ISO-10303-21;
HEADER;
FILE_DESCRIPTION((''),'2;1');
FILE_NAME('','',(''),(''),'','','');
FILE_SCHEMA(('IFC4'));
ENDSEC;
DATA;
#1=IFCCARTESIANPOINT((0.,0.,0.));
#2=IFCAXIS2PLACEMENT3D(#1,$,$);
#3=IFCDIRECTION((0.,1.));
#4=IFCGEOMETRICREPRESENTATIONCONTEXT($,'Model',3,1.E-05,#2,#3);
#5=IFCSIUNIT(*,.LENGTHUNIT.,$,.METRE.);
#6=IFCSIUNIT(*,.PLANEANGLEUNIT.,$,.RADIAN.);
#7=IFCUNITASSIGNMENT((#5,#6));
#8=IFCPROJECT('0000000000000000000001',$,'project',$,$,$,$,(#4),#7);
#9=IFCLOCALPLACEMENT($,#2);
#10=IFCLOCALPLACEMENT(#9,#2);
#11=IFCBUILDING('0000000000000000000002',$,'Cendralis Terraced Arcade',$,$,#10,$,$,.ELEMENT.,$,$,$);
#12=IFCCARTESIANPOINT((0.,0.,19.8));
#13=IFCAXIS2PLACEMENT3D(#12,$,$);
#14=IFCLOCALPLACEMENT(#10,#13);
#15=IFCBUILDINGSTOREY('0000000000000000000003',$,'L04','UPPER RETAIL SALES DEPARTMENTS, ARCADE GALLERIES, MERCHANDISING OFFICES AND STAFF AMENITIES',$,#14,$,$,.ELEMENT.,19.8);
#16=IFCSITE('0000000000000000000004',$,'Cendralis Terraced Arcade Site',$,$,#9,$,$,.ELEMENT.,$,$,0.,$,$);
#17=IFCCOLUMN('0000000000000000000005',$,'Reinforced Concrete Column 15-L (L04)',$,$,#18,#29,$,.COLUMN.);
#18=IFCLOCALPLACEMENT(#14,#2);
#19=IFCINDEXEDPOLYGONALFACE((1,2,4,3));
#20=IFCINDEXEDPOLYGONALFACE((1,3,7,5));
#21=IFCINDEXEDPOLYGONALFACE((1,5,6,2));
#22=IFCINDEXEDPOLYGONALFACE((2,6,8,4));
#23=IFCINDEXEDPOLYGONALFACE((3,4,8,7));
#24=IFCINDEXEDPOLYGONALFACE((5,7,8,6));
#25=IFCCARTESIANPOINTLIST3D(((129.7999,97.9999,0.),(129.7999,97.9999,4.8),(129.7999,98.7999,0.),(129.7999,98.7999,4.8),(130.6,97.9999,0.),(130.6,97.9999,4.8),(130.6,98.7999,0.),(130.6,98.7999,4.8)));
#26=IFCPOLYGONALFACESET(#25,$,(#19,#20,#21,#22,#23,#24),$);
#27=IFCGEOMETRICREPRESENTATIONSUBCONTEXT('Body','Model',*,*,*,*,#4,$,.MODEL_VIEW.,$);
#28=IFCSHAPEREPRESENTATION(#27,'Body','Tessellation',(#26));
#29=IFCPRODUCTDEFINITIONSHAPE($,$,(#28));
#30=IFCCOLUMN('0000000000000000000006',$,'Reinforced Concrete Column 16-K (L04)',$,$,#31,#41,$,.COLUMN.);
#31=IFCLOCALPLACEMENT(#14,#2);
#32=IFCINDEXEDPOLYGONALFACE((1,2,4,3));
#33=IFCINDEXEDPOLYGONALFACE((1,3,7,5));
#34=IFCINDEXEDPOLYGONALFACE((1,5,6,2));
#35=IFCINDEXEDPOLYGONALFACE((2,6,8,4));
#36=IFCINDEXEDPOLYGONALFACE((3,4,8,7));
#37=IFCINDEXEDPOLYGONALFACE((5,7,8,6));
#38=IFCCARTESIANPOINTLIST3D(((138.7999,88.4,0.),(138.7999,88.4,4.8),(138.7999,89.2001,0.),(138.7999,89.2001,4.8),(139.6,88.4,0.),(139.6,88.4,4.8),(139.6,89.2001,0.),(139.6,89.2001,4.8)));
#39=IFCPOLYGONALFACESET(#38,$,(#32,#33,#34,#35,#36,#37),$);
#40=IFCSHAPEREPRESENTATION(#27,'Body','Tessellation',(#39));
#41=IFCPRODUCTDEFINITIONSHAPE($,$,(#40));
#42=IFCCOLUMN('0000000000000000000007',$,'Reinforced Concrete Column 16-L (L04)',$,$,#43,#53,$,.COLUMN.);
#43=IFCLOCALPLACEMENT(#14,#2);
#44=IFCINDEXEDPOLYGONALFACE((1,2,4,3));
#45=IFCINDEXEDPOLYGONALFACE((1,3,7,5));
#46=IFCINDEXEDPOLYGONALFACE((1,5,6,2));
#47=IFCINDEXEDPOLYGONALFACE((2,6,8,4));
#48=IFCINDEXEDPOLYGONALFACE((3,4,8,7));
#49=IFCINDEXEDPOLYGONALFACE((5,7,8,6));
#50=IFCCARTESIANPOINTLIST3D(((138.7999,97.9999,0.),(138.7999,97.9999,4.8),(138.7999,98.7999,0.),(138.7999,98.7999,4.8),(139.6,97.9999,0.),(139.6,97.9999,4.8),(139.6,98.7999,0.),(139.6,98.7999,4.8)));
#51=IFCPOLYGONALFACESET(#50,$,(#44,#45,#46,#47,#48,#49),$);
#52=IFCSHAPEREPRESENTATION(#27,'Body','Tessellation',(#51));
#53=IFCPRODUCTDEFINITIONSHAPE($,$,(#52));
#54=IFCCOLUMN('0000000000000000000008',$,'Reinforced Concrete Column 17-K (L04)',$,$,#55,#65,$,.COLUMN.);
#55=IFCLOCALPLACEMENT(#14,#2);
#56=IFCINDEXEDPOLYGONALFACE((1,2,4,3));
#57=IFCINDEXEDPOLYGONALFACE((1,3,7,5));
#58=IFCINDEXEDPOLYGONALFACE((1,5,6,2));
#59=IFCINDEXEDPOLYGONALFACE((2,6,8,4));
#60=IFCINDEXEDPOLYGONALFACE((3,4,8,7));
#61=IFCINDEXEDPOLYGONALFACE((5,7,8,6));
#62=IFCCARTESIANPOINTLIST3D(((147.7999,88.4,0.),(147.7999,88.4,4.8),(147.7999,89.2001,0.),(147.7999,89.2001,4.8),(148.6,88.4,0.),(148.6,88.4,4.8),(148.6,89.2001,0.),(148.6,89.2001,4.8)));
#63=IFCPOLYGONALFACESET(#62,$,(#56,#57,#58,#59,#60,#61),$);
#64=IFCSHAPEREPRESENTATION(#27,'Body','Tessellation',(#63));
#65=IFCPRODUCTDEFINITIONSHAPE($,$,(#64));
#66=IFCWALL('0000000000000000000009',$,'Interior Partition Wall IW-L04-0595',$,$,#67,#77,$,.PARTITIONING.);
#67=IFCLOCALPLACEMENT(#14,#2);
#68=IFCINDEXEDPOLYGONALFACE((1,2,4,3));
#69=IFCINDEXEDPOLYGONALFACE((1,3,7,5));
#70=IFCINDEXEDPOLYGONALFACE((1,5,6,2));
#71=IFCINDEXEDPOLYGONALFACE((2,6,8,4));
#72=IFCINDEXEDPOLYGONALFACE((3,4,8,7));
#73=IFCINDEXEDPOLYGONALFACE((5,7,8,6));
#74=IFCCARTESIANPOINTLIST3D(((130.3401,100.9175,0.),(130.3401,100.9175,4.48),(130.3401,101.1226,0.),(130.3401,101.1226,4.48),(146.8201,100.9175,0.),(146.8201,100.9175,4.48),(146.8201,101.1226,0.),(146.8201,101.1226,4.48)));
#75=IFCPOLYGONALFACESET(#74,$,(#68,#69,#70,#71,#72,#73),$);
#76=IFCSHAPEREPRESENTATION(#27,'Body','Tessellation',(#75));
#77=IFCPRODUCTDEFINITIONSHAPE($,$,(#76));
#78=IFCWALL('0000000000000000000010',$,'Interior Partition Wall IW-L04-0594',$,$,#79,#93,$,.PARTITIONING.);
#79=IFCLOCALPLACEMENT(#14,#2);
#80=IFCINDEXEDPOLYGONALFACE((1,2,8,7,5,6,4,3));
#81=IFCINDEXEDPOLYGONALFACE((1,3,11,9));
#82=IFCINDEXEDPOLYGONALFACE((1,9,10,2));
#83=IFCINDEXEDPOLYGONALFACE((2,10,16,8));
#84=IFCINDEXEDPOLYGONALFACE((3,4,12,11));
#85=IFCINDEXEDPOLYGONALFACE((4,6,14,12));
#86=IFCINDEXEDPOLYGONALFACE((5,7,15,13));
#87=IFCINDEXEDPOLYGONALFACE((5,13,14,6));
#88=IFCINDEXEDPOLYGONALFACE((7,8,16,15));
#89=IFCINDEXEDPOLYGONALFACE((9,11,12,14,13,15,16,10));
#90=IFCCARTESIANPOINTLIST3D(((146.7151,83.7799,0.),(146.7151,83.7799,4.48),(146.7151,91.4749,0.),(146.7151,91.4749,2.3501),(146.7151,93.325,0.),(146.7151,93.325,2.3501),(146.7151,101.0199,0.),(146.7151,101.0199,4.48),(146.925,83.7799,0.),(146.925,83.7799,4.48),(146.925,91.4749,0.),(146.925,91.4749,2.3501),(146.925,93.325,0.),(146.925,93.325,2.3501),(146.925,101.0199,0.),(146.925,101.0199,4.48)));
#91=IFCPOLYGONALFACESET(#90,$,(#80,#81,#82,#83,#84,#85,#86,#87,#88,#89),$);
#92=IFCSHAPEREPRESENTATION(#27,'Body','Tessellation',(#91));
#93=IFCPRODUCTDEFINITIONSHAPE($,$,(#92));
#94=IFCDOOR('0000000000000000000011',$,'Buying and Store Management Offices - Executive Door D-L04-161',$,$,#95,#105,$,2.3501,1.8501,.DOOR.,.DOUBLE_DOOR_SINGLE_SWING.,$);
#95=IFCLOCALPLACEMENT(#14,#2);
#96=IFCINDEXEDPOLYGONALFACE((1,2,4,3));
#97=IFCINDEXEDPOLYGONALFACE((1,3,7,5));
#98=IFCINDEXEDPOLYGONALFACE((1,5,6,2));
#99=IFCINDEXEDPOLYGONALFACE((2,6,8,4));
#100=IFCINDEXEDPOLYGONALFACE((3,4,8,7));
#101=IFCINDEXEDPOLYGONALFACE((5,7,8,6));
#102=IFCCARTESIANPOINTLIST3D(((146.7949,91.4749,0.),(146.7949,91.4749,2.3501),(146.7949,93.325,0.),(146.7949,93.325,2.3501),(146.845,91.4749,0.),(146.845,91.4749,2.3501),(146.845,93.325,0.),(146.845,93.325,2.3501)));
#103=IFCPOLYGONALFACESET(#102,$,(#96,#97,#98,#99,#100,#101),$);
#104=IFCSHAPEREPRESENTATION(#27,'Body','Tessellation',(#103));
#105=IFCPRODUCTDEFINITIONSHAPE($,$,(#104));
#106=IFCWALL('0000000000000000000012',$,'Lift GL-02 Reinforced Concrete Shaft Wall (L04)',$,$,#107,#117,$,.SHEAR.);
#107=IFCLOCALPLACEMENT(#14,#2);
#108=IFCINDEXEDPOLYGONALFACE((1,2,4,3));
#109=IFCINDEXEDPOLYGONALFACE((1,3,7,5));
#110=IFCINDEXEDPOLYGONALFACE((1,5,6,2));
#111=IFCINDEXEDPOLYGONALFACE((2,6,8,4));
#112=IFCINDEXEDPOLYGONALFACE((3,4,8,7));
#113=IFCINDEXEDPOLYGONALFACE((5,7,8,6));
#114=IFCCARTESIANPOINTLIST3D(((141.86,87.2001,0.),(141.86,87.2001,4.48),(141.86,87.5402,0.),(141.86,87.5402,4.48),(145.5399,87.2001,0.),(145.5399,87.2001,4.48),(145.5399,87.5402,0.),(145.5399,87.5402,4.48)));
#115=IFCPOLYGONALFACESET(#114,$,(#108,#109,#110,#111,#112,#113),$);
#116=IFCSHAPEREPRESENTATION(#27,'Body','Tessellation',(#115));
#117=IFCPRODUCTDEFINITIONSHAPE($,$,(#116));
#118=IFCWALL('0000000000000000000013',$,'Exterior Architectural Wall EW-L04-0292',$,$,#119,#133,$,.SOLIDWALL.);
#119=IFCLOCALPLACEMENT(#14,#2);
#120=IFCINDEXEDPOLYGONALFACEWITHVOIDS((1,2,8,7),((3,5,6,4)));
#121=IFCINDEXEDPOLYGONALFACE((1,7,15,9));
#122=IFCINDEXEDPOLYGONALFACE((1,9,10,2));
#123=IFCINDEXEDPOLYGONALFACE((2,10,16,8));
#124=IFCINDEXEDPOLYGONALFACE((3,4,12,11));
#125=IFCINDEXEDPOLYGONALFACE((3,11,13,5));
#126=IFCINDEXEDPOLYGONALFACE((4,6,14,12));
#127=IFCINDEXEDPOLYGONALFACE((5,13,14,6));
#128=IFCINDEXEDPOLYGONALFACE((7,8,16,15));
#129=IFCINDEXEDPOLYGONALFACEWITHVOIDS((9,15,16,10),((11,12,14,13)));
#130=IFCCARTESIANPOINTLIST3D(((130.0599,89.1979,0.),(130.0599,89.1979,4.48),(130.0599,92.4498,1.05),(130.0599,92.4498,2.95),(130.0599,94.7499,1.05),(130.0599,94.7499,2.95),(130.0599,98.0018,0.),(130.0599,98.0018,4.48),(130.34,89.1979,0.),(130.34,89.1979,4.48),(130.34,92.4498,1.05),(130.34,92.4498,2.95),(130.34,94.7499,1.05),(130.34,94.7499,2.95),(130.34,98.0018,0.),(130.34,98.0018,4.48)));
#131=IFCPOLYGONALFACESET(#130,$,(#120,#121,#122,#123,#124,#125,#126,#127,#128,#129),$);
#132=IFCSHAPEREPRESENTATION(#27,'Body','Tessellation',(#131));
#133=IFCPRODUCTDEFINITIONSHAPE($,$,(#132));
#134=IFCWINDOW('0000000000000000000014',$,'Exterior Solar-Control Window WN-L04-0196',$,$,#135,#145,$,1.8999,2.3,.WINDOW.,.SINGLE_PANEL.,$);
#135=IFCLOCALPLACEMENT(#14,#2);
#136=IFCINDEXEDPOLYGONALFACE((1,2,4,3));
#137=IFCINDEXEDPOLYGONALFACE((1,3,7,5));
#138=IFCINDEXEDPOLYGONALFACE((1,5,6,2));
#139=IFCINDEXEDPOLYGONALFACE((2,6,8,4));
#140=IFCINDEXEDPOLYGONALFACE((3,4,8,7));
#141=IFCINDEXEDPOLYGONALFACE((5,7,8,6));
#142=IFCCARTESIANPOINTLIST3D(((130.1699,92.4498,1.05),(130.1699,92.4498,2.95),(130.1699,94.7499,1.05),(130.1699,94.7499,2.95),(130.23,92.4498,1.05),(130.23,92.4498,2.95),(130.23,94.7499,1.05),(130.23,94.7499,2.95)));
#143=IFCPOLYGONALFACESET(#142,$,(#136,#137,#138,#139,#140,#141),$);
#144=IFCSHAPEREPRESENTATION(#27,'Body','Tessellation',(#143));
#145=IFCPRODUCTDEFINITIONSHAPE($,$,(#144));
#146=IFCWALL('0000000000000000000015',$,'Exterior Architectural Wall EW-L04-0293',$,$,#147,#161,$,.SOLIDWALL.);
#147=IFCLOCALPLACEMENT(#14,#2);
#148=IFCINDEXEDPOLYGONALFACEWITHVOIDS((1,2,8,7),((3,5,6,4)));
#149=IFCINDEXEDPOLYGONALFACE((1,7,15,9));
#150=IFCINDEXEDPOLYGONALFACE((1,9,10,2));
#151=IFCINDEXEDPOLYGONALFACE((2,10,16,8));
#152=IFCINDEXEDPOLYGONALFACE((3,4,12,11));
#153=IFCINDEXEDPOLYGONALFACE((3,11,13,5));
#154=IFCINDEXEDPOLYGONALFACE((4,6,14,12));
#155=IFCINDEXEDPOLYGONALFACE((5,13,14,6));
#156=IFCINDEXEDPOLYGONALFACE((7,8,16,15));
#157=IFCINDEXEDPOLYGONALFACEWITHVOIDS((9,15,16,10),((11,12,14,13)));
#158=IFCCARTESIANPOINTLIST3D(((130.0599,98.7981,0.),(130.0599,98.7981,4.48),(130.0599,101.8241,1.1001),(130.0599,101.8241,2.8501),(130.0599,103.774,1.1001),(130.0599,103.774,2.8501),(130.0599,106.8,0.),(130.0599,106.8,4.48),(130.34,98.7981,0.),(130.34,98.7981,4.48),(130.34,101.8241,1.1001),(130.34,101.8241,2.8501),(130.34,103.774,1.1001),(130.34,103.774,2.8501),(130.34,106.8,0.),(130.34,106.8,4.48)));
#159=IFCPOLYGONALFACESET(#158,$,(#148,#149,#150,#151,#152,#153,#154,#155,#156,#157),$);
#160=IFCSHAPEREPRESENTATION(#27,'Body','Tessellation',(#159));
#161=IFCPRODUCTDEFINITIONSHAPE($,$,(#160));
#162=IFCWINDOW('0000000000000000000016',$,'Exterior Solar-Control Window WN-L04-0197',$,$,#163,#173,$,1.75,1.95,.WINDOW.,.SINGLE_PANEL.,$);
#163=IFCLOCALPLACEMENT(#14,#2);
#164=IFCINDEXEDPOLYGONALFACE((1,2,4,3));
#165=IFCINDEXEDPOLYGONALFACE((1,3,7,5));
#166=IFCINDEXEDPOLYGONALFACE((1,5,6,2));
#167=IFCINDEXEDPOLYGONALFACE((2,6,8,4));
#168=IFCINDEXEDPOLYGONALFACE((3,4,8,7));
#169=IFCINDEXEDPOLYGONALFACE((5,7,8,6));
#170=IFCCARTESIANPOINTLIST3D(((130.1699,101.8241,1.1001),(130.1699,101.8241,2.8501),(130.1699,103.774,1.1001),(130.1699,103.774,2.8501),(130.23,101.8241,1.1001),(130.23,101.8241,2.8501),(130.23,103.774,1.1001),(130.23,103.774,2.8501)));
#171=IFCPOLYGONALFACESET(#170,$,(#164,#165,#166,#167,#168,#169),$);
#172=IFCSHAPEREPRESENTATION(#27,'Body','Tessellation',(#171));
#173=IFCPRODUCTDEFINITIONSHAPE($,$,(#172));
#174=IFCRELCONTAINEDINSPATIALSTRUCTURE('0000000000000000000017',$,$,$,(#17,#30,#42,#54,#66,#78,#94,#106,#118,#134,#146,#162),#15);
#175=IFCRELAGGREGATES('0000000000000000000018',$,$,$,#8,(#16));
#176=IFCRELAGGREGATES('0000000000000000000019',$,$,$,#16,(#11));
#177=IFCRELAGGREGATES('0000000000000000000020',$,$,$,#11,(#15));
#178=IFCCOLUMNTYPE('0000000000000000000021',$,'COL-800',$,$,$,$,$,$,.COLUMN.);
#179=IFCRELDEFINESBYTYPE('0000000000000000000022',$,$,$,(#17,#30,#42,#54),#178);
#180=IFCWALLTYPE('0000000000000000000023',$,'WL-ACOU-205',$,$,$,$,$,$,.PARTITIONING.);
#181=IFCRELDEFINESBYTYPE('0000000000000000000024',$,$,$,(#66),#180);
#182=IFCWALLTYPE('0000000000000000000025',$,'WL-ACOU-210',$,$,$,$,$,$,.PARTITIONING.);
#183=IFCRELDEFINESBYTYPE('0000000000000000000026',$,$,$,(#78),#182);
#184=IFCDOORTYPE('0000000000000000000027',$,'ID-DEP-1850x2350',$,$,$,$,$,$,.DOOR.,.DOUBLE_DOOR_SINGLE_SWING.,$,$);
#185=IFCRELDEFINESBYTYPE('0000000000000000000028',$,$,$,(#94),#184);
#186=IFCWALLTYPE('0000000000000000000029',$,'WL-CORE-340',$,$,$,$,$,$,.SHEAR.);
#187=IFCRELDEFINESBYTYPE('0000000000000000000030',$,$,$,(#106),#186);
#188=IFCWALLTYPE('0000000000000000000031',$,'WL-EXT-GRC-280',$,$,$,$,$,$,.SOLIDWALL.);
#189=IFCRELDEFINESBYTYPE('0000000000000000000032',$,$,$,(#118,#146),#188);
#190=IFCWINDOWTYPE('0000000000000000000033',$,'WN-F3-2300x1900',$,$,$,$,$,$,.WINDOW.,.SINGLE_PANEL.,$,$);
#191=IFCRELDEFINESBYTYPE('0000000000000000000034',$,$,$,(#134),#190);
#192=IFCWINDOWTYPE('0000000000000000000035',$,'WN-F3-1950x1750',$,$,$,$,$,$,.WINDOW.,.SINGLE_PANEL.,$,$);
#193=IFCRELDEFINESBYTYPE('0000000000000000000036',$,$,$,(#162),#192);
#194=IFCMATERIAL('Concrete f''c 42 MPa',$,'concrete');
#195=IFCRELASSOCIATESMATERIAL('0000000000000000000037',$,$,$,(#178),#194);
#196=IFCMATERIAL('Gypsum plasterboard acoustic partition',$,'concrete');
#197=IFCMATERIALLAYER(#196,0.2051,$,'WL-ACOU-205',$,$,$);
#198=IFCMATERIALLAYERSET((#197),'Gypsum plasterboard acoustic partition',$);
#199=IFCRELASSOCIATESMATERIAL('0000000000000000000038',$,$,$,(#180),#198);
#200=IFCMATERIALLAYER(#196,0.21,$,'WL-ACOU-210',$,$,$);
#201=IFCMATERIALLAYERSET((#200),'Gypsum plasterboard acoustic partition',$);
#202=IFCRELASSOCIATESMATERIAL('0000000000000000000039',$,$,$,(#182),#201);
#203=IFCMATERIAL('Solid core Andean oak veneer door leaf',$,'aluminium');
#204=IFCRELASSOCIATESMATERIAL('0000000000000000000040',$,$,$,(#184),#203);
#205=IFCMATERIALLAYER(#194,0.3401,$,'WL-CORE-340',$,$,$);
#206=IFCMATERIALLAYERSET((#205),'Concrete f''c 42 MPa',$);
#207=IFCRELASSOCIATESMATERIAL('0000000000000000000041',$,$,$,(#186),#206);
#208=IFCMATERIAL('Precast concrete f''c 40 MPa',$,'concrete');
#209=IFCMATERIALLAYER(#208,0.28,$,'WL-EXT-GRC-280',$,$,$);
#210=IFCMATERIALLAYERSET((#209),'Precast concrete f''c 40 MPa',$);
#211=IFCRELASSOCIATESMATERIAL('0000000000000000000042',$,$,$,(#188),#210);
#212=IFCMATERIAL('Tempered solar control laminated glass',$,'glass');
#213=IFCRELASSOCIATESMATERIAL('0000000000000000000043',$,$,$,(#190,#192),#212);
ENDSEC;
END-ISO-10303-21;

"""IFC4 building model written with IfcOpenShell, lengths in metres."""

from ifc_helpers import new_model, si_unit, direction, frame, frame_2d, origin, origin_2d, place, context, subcontext, project, spatial, rectangle, extrude, material, layer, layer_set, material_profile, profile_set, type_object, element, fill, save


model = new_model("IFC4")

# Units and contexts
model_context = context("Model", 3, precision=1e-05, world=origin(), true_north=direction((0.0, 1.0)))
body_context = subcontext(model_context, "Body", "Model", "MODEL_VIEW")
ifc_project = project(units=[si_unit("LENGTHUNIT", "METRE"), si_unit("PLANEANGLEUNIT", "RADIAN")], contexts=[model_context])

# Site, building, storey
site_placement = place(None, origin())
site = spatial("IfcSite", under=ifc_project, at=site_placement, Name="Cendralis Terraced Arcade Site", CompositionType="ELEMENT", RefElevation=0.0)
building_placement = place(site_placement, origin())
building = spatial("IfcBuilding", under=site, at=building_placement, Name="Cendralis Terraced Arcade", CompositionType="ELEMENT")
storey_placement = place(building_placement, frame((0.0, 0.0, 19.8)))
storey = spatial("IfcBuildingStorey", under=building, at=storey_placement, Name="L04", Description="UPPER RETAIL SALES DEPARTMENTS, ARCADE GALLERIES, MERCHANDISING OFFICES AND STAFF AMENITIES", CompositionType="ELEMENT", Elevation=19.8)

# Columns
ifc_material_1 = material(Name="Concrete f'c 42 MPa", Category="concrete")
ifc_material_profile = material_profile(ifc_material_1, rectangle(XDim=0.8, YDim=0.8, at=origin_2d()), Name="RC-COL-800x800", Category="LoadBearing")
ifc_profile_set = profile_set([ifc_material_profile], Name="Concrete f'c 42 MPa")
column_type = type_object("IfcColumnType", Name="COL-800", PredefinedType="COLUMN", material=ifc_profile_set)
for number, where, z_axis, x_axis, name in (
    (1, (130.2, 98.3999, 0.0), (0.0, 0.0, 1.0), (1.0, 0.0, 0.0), "Reinforced Concrete Column 15-L (L04)"),
    (2, (139.2, 88.8, 0.0), (0.0, 0.0, 1.0), (1.0, 0.0, 0.0), "Reinforced Concrete Column 16-K (L04)"),
    (3, (139.2, 98.3999, 0.0), (0.0, 0.0, 1.0), (1.0, 0.0, 0.0), "Reinforced Concrete Column 16-L (L04)"),
    (4, (148.2, 88.8, 0.0), (0.0, 0.0, 1.0), (1.0, 0.0, 0.0), "Reinforced Concrete Column 17-K (L04)"),
):
    element("IfcColumn", number, at=place(storey_placement, frame(where, z_axis=z_axis, x_axis=x_axis)), inside=storey, type_object=column_type, Name=name, PredefinedType="COLUMN", context=body_context, shape_type="SweptSolid", body=[
        extrude(rectangle(XDim=0.8, YDim=0.8, at=origin_2d()), origin(), (0.0, 0.0, 1.0), 4.8),
    ])

# Wall
ifc_material_2 = material(Name="Gypsum plasterboard acoustic partition", Category="concrete")
ifc_layer_1 = layer(ifc_material_2, 0.2051, Name="WL-ACOU-205")
ifc_layer_set_1 = layer_set([ifc_layer_1], Name="Gypsum plasterboard acoustic partition")
wall_type_1 = type_object("IfcWallType", Name="WL-ACOU-205", PredefinedType="PARTITIONING", material=ifc_layer_set_1)
wall_1_placement = place(storey_placement, frame((130.3401, 101.02, 0.0), z_axis=(0.0, 0.0, 1.0), x_axis=(1.0, 0.0, 0.0)))
element("IfcWall", 5, at=wall_1_placement, inside=storey, type_object=wall_type_1, Name="Interior Partition Wall IW-L04-0595", PredefinedType="PARTITIONING", context=body_context, shape_type="SweptSolid", body=[
    extrude(rectangle(XDim=16.48, YDim=0.2051, at=frame_2d((8.24, 0.0))), origin(), (0.0, 0.0, 1.0), 4.48),
])

# Wall, opening, door
ifc_layer_2 = layer(ifc_material_2, 0.21, Name="WL-ACOU-210")
ifc_layer_set_2 = layer_set([ifc_layer_2], Name="Gypsum plasterboard acoustic partition")
wall_type_2 = type_object("IfcWallType", Name="WL-ACOU-210", PredefinedType="PARTITIONING", material=ifc_layer_set_2)
wall_2_placement = place(storey_placement, frame((146.8201, 101.02, 0.0), z_axis=(0.0, 0.0, 1.0), x_axis=(0.0, -1.0, 0.0)))
wall_2 = element("IfcWall", 6, at=wall_2_placement, inside=storey, type_object=wall_type_2, Name="Interior Partition Wall IW-L04-0594", PredefinedType="PARTITIONING", context=body_context, shape_type="SweptSolid", body=[
    extrude(rectangle(XDim=17.24, YDim=0.21, at=frame_2d((8.6201, 0.0))), origin(), (0.0, 0.0, 1.0), 4.48),
])
opening_1_placement = place(wall_2_placement, frame((7.6951, 0.0, 0.0)))
opening_1 = element("IfcOpeningElement", 7, at=opening_1_placement, cuts=wall_2, PredefinedType="OPENING", context=body_context, shape_type="SweptSolid", body=[
    extrude(rectangle(XDim=1.8501, YDim=2.3501, at=frame_2d((0.925, 1.175))), frame((0.0, 0.1169, 0.0), z_axis=(0.0, -1.0, 0.0), x_axis=(1.0, 0.0, 0.0)), (0.0, 0.0, 1.0), 0.2339),
])
ifc_material_3 = material(Name="Solid core Andean oak veneer door leaf", Category="aluminium")
door_type = type_object("IfcDoorType", Name="ID-DEP-1850x2350", OperationType="DOUBLE_DOOR_SINGLE_SWING", PredefinedType="DOOR", material=ifc_material_3)
door_placement = place(opening_1_placement, origin())
door = element("IfcDoor", 8, at=door_placement, inside=storey, type_object=door_type, Name="Buying and Store Management Offices - Executive Door D-L04-161", OperationType="DOUBLE_DOOR_SINGLE_SWING", OverallHeight=2.3501, OverallWidth=1.8501, PredefinedType="DOOR", context=body_context, shape_type="SweptSolid", body=[
    extrude(rectangle(XDim=1.8501, YDim=2.3501, at=frame_2d((0.925, 1.175))), frame((0.0, 0.0249, 0.0), z_axis=(0.0, -1.0, 0.0), x_axis=(1.0, 0.0, 0.0)), (0.0, 0.0, 1.0), 0.05),
])
fill(opening_1, door)

# Wall
ifc_layer_3 = layer(ifc_material_1, 0.3401, Name="WL-CORE-340")
ifc_layer_set_3 = layer_set([ifc_layer_3], Name="Concrete f'c 42 MPa")
wall_type_3 = type_object("IfcWallType", Name="WL-CORE-340", PredefinedType="SHEAR", material=ifc_layer_set_3)
wall_3_placement = place(storey_placement, frame((141.8601, 87.3701, 0.0), z_axis=(0.0, 0.0, 1.0), x_axis=(1.0, 0.0, 0.0)))
element("IfcWall", 9, at=wall_3_placement, inside=storey, type_object=wall_type_3, Name="Lift GL-02 Reinforced Concrete Shaft Wall (L04)", PredefinedType="SHEAR", context=body_context, shape_type="SweptSolid", body=[
    extrude(rectangle(XDim=3.6799, YDim=0.3401, at=frame_2d((1.8398, 0.0))), origin(), (0.0, 0.0, 1.0), 4.48),
])

# Walls, openings, windows
ifc_material_4 = material(Name="Precast concrete f'c 40 MPa", Category="concrete")
ifc_layer_4 = layer(ifc_material_4, 0.28, Name="WL-EXT-GRC-280")
ifc_layer_set_4 = layer_set([ifc_layer_4], Name="Precast concrete f'c 40 MPa")
wall_type_4 = type_object("IfcWallType", Name="WL-EXT-GRC-280", PredefinedType="SOLIDWALL", material=ifc_layer_set_4)
wall_4_placement = place(storey_placement, frame((130.2, 89.198, 0.0), z_axis=(0.0, 0.0, 1.0), x_axis=(0.0, 1.0, 0.0)))
wall_4 = element("IfcWall", 10, at=wall_4_placement, inside=storey, type_object=wall_type_4, Name="Exterior Architectural Wall EW-L04-0292", PredefinedType="SOLIDWALL", context=body_context, shape_type="SweptSolid", body=[
    extrude(rectangle(XDim=8.804, YDim=0.28, at=frame_2d((4.4019, 0.0))), origin(), (0.0, 0.0, 1.0), 4.48),
])
opening_2_placement = place(wall_4_placement, frame((3.252, 0.0, 1.05)))
opening_2 = element("IfcOpeningElement", 11, at=opening_2_placement, cuts=wall_4, PredefinedType="OPENING", context=body_context, shape_type="SweptSolid", body=[
    extrude(rectangle(XDim=2.3, YDim=1.8999, at=frame_2d((1.1499, 0.95))), frame((0.0, 0.1519, 0.0), z_axis=(0.0, -1.0, 0.0), x_axis=(1.0, 0.0, 0.0)), (0.0, 0.0, 1.0), 0.304),
])
ifc_material_5 = material(Name="Tempered solar control laminated glass", Category="glass")
window_type_1 = type_object("IfcWindowType", Name="WN-F3-2300x1900", PartitioningType="SINGLE_PANEL", PredefinedType="WINDOW", material=ifc_material_5)
window_1_placement = place(opening_2_placement, origin())
window_1 = element("IfcWindow", 12, at=window_1_placement, inside=storey, type_object=window_type_1, Name="Exterior Solar-Control Window WN-L04-0196", OverallHeight=1.8999, OverallWidth=2.3, PartitioningType="SINGLE_PANEL", PredefinedType="WINDOW", context=body_context, shape_type="SweptSolid", body=[
    extrude(rectangle(XDim=2.3, YDim=1.8999, at=frame_2d((1.1499, 0.95))), frame((0.0, 0.03, 0.0), z_axis=(0.0, -1.0, 0.0), x_axis=(1.0, 0.0, 0.0)), (0.0, 0.0, 1.0), 0.0601),
])
fill(opening_2, window_1)
wall_5_placement = place(storey_placement, frame((130.2, 98.7981, 0.0), z_axis=(0.0, 0.0, 1.0), x_axis=(0.0, 1.0, 0.0)))
wall_5 = element("IfcWall", 13, at=wall_5_placement, inside=storey, type_object=wall_type_4, Name="Exterior Architectural Wall EW-L04-0293", PredefinedType="SOLIDWALL", context=body_context, shape_type="SweptSolid", body=[
    extrude(rectangle(XDim=8.002, YDim=0.28, at=frame_2d((4.001, 0.0))), origin(), (0.0, 0.0, 1.0), 4.48),
])
opening_3_placement = place(wall_5_placement, frame((3.0259, 0.0, 1.1001)))
opening_3 = element("IfcOpeningElement", 14, at=opening_3_placement, cuts=wall_5, PredefinedType="OPENING", context=body_context, shape_type="SweptSolid", body=[
    extrude(rectangle(XDim=1.95, YDim=1.75, at=frame_2d((0.9751, 0.875))), frame((0.0, 0.1519, 0.0), z_axis=(0.0, -1.0, 0.0), x_axis=(1.0, 0.0, 0.0)), (0.0, 0.0, 1.0), 0.304),
])
window_type_2 = type_object("IfcWindowType", Name="WN-F3-1950x1750", PartitioningType="SINGLE_PANEL", PredefinedType="WINDOW", material=ifc_material_5)
window_2_placement = place(opening_3_placement, origin())
window_2 = element("IfcWindow", 15, at=window_2_placement, inside=storey, type_object=window_type_2, Name="Exterior Solar-Control Window WN-L04-0197", OverallHeight=1.75, OverallWidth=1.95, PartitioningType="SINGLE_PANEL", PredefinedType="WINDOW", context=body_context, shape_type="SweptSolid", body=[
    extrude(rectangle(XDim=1.95, YDim=1.75, at=frame_2d((0.9751, 0.875))), frame((0.0, 0.03, 0.0), z_axis=(0.0, -1.0, 0.0), x_axis=(1.0, 0.0, 0.0)), (0.0, 0.0, 1.0), 0.0601),
])
fill(opening_3, window_2)

save(model, "model.ifc")
